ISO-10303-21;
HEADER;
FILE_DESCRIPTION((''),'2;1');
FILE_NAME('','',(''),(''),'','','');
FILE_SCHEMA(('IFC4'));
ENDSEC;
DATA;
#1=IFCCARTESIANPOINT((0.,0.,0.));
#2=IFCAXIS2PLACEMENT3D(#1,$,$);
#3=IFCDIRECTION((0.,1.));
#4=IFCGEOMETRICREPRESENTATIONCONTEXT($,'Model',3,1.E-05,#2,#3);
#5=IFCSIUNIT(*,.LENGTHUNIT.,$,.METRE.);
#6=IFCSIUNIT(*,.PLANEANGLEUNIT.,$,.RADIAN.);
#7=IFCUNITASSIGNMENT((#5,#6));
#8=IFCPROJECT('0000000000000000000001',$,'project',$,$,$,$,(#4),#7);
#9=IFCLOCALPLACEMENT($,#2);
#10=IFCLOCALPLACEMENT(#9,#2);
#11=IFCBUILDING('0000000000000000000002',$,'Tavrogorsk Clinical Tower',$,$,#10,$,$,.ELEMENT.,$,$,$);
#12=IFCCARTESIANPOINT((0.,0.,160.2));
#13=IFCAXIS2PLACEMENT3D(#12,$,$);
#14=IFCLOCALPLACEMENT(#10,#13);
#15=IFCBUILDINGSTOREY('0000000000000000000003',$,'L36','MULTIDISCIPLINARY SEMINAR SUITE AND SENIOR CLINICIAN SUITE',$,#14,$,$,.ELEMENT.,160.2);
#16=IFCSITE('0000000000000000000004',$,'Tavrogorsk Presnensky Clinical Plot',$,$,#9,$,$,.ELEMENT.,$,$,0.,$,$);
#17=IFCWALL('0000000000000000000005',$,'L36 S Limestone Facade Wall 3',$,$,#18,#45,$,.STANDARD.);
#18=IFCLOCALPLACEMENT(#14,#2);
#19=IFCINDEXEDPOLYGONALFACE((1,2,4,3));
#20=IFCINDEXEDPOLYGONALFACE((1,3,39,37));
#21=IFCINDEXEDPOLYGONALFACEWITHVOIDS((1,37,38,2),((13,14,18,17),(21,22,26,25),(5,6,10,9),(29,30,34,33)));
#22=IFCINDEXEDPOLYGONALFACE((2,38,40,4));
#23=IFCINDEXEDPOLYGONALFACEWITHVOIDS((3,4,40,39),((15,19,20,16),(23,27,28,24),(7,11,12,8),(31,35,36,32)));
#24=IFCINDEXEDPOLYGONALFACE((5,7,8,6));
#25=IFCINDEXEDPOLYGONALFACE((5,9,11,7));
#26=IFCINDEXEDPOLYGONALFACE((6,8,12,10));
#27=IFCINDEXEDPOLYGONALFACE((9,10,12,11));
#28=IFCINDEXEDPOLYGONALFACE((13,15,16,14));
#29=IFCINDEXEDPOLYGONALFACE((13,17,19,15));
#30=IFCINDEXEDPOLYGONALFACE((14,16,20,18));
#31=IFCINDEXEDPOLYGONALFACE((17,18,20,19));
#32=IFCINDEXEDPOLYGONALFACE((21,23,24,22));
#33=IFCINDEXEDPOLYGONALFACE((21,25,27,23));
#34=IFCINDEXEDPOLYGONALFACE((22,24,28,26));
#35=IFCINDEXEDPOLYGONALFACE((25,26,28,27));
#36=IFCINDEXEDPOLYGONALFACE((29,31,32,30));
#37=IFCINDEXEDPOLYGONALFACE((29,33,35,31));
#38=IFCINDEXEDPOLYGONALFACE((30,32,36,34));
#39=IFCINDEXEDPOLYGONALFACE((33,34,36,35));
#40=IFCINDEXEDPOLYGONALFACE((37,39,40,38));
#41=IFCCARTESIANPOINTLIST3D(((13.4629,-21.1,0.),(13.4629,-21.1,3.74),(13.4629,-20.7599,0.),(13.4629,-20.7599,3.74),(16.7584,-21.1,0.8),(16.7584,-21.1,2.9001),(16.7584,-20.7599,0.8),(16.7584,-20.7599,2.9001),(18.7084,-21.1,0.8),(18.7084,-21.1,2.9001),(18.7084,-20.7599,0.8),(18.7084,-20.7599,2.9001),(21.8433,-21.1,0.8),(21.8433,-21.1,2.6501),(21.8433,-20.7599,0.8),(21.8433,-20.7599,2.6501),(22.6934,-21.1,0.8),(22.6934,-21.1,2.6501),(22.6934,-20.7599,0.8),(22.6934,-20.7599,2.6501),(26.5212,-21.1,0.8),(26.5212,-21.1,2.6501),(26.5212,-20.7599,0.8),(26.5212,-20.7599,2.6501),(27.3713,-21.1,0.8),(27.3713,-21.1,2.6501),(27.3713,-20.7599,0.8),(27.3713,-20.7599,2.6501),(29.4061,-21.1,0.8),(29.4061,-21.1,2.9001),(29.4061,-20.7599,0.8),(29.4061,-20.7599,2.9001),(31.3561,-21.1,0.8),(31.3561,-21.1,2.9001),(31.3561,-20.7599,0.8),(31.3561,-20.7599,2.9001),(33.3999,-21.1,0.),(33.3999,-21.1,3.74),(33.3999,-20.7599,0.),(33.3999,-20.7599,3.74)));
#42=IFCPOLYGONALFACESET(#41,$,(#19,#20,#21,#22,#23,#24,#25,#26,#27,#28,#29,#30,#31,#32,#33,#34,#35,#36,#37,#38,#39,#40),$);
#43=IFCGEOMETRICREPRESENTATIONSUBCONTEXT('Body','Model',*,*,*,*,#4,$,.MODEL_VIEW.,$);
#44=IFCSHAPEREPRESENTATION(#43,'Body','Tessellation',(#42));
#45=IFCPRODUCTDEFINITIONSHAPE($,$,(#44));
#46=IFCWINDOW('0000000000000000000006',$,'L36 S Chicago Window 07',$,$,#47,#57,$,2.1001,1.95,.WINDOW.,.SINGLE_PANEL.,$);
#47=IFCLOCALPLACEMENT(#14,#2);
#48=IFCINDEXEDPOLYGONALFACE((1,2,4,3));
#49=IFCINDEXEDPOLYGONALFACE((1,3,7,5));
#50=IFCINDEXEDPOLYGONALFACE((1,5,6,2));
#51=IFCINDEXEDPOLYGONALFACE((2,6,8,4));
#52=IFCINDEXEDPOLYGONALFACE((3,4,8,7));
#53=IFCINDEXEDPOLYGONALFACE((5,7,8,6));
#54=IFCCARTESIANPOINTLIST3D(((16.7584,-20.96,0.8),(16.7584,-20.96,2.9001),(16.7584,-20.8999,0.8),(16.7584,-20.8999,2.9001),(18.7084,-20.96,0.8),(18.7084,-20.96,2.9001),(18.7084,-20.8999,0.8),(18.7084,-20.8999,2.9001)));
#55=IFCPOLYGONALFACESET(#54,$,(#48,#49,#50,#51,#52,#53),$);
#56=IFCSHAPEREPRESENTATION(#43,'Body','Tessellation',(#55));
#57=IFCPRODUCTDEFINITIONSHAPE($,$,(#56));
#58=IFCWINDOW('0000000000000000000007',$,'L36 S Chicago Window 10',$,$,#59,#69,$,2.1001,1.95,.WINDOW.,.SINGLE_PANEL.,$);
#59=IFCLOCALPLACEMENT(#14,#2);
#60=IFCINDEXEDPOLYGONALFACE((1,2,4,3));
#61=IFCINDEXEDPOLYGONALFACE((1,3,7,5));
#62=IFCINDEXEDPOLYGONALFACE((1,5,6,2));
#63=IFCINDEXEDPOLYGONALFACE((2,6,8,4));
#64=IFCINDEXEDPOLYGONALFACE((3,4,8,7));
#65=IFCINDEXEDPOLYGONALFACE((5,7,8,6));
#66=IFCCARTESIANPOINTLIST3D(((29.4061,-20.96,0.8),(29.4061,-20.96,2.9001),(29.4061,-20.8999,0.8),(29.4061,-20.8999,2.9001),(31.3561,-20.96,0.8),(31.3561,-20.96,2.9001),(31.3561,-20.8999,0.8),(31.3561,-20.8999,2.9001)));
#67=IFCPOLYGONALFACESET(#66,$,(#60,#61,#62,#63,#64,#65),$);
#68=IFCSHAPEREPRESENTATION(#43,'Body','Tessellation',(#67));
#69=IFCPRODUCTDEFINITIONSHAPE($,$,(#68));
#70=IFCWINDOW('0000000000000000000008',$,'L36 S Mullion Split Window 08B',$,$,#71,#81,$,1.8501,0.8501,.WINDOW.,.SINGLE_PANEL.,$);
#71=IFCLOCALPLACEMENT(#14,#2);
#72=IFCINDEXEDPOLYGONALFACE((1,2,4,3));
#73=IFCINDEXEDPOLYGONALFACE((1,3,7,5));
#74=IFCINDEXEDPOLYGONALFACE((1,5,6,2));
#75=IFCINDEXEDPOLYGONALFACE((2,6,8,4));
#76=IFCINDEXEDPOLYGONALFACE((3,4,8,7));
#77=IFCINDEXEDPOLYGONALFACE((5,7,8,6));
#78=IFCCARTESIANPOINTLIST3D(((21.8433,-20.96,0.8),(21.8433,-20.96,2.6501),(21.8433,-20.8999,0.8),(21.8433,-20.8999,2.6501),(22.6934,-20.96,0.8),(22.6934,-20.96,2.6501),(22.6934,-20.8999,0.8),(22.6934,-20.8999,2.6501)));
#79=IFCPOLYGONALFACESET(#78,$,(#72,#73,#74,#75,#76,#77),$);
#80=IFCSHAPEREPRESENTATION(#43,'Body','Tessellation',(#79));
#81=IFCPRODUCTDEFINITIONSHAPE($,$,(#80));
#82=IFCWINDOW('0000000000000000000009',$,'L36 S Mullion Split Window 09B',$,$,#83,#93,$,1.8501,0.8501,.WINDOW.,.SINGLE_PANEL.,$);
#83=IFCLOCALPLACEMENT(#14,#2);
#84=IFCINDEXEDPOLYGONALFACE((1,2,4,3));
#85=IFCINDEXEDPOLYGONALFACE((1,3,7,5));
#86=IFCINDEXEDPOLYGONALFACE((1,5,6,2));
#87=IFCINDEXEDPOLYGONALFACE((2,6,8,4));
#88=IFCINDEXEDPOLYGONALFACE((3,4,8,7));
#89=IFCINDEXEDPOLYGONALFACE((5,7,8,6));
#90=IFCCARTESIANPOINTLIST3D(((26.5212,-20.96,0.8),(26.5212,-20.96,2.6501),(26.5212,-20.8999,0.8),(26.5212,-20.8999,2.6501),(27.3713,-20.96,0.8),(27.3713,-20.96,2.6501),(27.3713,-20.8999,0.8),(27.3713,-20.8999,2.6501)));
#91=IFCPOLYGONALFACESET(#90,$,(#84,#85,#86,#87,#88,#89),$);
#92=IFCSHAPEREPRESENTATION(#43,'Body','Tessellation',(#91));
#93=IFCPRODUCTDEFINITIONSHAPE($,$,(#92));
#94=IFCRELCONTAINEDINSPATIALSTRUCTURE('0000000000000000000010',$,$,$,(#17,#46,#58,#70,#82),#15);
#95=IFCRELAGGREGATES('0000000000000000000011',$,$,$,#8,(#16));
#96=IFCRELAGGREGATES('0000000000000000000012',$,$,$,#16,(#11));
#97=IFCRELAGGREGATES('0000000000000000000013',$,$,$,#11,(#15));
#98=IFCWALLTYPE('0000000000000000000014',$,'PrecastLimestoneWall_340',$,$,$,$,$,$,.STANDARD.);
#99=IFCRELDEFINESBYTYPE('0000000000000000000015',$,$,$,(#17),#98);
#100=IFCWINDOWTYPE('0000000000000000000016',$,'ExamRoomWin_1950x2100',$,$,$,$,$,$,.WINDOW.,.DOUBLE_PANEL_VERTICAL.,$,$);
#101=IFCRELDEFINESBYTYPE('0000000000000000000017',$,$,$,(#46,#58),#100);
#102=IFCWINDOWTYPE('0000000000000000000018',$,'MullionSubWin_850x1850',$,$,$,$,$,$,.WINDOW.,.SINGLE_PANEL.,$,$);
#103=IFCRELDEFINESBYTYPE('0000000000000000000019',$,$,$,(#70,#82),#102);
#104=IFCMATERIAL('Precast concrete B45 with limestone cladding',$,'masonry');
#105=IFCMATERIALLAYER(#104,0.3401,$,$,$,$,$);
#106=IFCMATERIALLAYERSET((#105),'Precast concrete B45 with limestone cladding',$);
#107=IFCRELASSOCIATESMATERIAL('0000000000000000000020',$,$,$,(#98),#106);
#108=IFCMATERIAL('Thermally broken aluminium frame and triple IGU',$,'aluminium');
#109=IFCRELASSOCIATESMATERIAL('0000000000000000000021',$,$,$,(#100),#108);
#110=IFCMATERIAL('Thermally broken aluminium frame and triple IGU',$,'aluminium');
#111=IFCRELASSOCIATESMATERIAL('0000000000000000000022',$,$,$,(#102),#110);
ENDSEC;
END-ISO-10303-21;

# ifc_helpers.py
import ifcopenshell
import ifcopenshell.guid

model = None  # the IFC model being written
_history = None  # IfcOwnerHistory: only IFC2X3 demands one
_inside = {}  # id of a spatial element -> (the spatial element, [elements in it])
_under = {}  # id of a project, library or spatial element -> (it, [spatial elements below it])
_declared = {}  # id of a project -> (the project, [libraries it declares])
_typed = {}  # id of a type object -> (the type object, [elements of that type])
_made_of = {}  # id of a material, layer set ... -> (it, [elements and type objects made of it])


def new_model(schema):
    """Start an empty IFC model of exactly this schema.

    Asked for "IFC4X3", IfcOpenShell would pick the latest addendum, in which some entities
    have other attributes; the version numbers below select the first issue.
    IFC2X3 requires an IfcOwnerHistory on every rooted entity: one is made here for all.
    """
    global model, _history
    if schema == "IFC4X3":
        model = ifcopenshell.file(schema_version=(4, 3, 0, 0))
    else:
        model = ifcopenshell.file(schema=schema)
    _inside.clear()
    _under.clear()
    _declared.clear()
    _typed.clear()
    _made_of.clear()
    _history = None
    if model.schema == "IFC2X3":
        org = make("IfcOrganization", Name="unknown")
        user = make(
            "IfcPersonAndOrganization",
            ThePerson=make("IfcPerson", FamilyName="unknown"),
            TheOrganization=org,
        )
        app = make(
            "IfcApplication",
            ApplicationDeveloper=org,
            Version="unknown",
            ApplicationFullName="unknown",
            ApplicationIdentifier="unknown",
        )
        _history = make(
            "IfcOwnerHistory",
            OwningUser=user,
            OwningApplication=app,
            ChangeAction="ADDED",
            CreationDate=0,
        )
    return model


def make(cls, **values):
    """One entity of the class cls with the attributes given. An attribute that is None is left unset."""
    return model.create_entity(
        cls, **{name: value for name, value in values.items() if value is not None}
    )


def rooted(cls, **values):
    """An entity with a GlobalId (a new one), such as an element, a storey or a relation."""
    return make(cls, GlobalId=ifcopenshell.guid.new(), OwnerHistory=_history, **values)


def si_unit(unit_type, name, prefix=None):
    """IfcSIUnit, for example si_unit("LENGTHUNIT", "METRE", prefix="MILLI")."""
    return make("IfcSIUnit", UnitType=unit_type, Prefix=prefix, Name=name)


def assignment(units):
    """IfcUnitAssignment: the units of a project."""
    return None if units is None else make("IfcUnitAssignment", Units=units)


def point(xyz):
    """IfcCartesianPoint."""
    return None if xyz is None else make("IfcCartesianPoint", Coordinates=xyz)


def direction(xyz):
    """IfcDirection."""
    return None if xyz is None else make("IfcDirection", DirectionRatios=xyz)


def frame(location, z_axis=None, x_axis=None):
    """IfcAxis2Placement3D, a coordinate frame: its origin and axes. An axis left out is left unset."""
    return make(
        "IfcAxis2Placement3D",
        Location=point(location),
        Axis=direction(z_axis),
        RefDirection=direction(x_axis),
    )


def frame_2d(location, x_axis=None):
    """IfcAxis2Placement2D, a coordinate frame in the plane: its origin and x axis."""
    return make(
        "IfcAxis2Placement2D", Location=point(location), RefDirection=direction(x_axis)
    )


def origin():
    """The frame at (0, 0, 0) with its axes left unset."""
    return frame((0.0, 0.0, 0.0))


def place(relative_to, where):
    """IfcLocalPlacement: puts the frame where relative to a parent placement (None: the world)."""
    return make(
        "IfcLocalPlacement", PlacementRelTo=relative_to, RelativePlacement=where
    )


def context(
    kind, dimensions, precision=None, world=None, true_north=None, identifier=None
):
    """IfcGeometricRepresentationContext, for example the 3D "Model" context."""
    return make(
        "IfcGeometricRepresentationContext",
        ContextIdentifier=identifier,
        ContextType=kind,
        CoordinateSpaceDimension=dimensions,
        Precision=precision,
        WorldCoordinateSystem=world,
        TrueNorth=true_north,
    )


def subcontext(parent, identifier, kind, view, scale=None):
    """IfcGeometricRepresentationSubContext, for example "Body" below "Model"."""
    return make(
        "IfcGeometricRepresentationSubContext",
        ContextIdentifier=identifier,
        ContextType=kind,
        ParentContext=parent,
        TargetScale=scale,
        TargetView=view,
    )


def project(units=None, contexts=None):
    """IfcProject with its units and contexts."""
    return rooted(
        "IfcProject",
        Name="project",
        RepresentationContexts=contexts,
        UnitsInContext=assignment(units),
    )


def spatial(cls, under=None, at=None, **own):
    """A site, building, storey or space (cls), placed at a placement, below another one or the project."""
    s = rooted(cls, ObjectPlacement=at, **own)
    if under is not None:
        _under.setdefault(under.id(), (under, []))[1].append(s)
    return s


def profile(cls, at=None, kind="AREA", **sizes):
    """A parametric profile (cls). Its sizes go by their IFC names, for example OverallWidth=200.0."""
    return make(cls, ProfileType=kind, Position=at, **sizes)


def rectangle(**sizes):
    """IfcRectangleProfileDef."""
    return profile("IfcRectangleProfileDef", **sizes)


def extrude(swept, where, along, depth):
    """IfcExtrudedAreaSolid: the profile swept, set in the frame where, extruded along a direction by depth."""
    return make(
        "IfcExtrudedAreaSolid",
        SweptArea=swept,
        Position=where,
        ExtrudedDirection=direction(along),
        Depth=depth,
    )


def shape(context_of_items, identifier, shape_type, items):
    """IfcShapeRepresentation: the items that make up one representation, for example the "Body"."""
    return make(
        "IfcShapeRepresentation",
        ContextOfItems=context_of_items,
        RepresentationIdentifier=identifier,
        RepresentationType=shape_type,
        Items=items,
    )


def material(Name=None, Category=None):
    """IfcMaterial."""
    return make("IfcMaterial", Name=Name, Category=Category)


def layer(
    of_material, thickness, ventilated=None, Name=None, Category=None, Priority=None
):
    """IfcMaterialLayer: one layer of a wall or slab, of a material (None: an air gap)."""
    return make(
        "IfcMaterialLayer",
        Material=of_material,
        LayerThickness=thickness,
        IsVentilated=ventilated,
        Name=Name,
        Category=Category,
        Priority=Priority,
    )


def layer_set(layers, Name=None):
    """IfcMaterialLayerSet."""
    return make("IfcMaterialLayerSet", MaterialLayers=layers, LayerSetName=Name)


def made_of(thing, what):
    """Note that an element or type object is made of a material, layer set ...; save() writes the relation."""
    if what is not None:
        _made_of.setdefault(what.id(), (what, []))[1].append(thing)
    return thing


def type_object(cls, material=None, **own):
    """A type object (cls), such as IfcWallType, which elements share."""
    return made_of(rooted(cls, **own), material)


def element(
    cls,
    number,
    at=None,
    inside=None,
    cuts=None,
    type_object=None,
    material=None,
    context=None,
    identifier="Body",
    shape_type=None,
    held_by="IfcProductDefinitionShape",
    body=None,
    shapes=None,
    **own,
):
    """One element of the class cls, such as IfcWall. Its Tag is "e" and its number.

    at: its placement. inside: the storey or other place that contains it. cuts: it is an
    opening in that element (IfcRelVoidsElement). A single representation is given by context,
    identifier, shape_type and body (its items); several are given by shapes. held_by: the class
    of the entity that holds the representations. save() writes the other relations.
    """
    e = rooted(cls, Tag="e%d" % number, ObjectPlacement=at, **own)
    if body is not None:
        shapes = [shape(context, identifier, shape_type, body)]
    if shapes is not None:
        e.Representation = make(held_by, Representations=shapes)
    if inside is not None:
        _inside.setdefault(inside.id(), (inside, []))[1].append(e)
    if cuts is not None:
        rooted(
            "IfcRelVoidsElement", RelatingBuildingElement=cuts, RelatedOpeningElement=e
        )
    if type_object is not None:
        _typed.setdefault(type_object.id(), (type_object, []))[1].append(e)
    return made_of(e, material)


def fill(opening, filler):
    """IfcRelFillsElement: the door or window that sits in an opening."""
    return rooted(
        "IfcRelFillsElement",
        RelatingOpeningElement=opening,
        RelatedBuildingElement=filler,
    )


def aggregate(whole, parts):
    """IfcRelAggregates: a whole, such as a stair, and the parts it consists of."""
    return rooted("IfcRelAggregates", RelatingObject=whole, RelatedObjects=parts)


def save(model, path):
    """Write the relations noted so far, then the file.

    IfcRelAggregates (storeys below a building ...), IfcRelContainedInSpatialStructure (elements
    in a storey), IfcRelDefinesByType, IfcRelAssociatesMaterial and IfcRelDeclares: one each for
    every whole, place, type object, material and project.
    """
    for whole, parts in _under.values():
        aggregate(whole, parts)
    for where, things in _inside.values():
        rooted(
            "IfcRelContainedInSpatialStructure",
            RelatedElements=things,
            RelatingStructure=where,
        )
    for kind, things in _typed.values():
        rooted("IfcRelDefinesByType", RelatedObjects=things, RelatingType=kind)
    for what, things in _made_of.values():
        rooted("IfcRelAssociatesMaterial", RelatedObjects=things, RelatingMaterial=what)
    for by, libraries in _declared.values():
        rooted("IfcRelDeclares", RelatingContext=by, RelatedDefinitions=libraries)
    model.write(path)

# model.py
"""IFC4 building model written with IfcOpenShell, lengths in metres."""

from ifc_helpers import new_model, si_unit, direction, frame, frame_2d, origin, place, context, subcontext, project, spatial, rectangle, extrude, material, layer, layer_set, type_object, element, fill, save


model = new_model("IFC4")

# Units and contexts
model_context = context("Model", 3, precision=1e-05, world=origin(), true_north=direction((0.0, 1.0)))
body_context = subcontext(model_context, "Body", "Model", "MODEL_VIEW")
ifc_project = project(units=[si_unit("LENGTHUNIT", "METRE"), si_unit("PLANEANGLEUNIT", "RADIAN")], contexts=[model_context])

# Site, building, storey
site_placement = place(None, origin())
site = spatial("IfcSite", under=ifc_project, at=site_placement, Name="Tavrogorsk Presnensky Clinical Plot", CompositionType="ELEMENT", RefElevation=0.0)
building_placement = place(site_placement, origin())
building = spatial("IfcBuilding", under=site, at=building_placement, Name="Tavrogorsk Clinical Tower", CompositionType="ELEMENT")
storey_placement = place(building_placement, frame((0.0, 0.0, 160.2)))
storey = spatial("IfcBuildingStorey", under=building, at=storey_placement, Name="L36", Description="MULTIDISCIPLINARY SEMINAR SUITE AND SENIOR CLINICIAN SUITE", CompositionType="ELEMENT", Elevation=160.2)

# Wall, openings, windows
ifc_material_1 = material(Name="Precast concrete B45 with limestone cladding", Category="masonry")
ifc_layer_1 = layer(ifc_material_1, 0.3401)
ifc_layer_set_1 = layer_set([ifc_layer_1], Name="Precast concrete B45 with limestone cladding")
wall_type_1 = type_object("IfcWallType", Name="PrecastLimestoneWall_340", PredefinedType="STANDARD", material=ifc_layer_set_1)
wall_1_placement = place(storey_placement, frame((13.4629, -20.9299, 0.0), z_axis=(0.0, 0.0, 1.0), x_axis=(1.0, 0.0, 0.0)))
wall_1 = element("IfcWall", 1, at=wall_1_placement, inside=storey, type_object=wall_type_1, Name="L36 S Limestone Facade Wall 3", PredefinedType="STANDARD", context=body_context, shape_type="SweptSolid", body=[
    extrude(rectangle(XDim=19.937, YDim=0.3401, at=frame_2d((9.9685, 0.0))), origin(), (0.0, 0.0, 1.0), 3.74),
])
opening_1_placement = place(wall_1_placement, frame((3.2954, 0.0, 0.8)))
opening_1 = element("IfcOpeningElement", 2, at=opening_1_placement, cuts=wall_1, PredefinedType="OPENING", context=body_context, shape_type="SweptSolid", body=[
    extrude(rectangle(XDim=1.95, YDim=2.1001, at=frame_2d((0.9751, 1.05))), frame((0.0, 0.1799, 0.0), z_axis=(0.0, -1.0, 0.0), x_axis=(1.0, 0.0, 0.0)), (0.0, 0.0, 1.0), 0.3601),
])
opening_2_placement = place(wall_1_placement, frame((8.3804, 0.0, 0.8)))
opening_2 = element("IfcOpeningElement", 3, at=opening_2_placement, cuts=wall_1, PredefinedType="OPENING", context=body_context, shape_type="SweptSolid", body=[
    extrude(rectangle(XDim=0.8501, YDim=1.8501, at=frame_2d((0.425, 0.925))), frame((0.0, 0.1799, 0.0), z_axis=(0.0, -1.0, 0.0), x_axis=(1.0, 0.0, 0.0)), (0.0, 0.0, 1.0), 0.3601),
])
opening_3_placement = place(wall_1_placement, frame((13.0583, 0.0, 0.8)))
opening_3 = element("IfcOpeningElement", 4, at=opening_3_placement, cuts=wall_1, PredefinedType="OPENING", context=body_context, shape_type="SweptSolid", body=[
    extrude(rectangle(XDim=0.8501, YDim=1.8501, at=frame_2d((0.425, 0.925))), frame((0.0, 0.1799, 0.0), z_axis=(0.0, -1.0, 0.0), x_axis=(1.0, 0.0, 0.0)), (0.0, 0.0, 1.0), 0.3601),
])
opening_4_placement = place(wall_1_placement, frame((15.9431, 0.0, 0.8)))
opening_4 = element("IfcOpeningElement", 5, at=opening_4_placement, cuts=wall_1, PredefinedType="OPENING", context=body_context, shape_type="SweptSolid", body=[
    extrude(rectangle(XDim=1.95, YDim=2.1001, at=frame_2d((0.9751, 1.05))), frame((0.0, 0.1799, 0.0), z_axis=(0.0, -1.0, 0.0), x_axis=(1.0, 0.0, 0.0)), (0.0, 0.0, 1.0), 0.3601),
])
ifc_material_2 = material(Name="Thermally broken aluminium frame and triple IGU", Category="aluminium")
window_type_1 = type_object("IfcWindowType", Name="ExamRoomWin_1950x2100", PartitioningType="DOUBLE_PANEL_VERTICAL", PredefinedType="WINDOW", material=ifc_material_2)
window_1_placement = place(opening_1_placement, origin())
window_1 = element("IfcWindow", 6, at=window_1_placement, inside=storey, type_object=window_type_1, Name="L36 S Chicago Window 07", OverallHeight=2.1001, OverallWidth=1.95, PartitioningType="SINGLE_PANEL", PredefinedType="WINDOW", context=body_context, shape_type="SweptSolid", body=[
    extrude(rectangle(XDim=1.95, YDim=2.1001, at=frame_2d((0.9751, 1.05))), frame((0.0, 0.03, 0.0), z_axis=(0.0, -1.0, 0.0), x_axis=(1.0, 0.0, 0.0)), (0.0, 0.0, 1.0), 0.0601),
])
fill(opening_1, window_1)
window_2_placement = place(opening_4_placement, origin())
window_2 = element("IfcWindow", 7, at=window_2_placement, inside=storey, type_object=window_type_1, Name="L36 S Chicago Window 10", OverallHeight=2.1001, OverallWidth=1.95, PartitioningType="SINGLE_PANEL", PredefinedType="WINDOW", context=body_context, shape_type="SweptSolid", body=[
    extrude(rectangle(XDim=1.95, YDim=2.1001, at=frame_2d((0.9751, 1.05))), frame((0.0, 0.03, 0.0), z_axis=(0.0, -1.0, 0.0), x_axis=(1.0, 0.0, 0.0)), (0.0, 0.0, 1.0), 0.0601),
])
fill(opening_4, window_2)
ifc_material_3 = material(Name="Thermally broken aluminium frame and triple IGU", Category="aluminium")
window_type_2 = type_object("IfcWindowType", Name="MullionSubWin_850x1850", PartitioningType="SINGLE_PANEL", PredefinedType="WINDOW", material=ifc_material_3)
window_3_placement = place(opening_2_placement, origin())
window_3 = element("IfcWindow", 8, at=window_3_placement, inside=storey, type_object=window_type_2, Name="L36 S Mullion Split Window 08B", OverallHeight=1.8501, OverallWidth=0.8501, PartitioningType="SINGLE_PANEL", PredefinedType="WINDOW", context=body_context, shape_type="SweptSolid", body=[
    extrude(rectangle(XDim=0.8501, YDim=1.8501, at=frame_2d((0.425, 0.925))), frame((0.0, 0.03, 0.0), z_axis=(0.0, -1.0, 0.0), x_axis=(1.0, 0.0, 0.0)), (0.0, 0.0, 1.0), 0.0601),
])
fill(opening_2, window_3)
window_4_placement = place(opening_3_placement, origin())
window_4 = element("IfcWindow", 9, at=window_4_placement, inside=storey, type_object=window_type_2, Name="L36 S Mullion Split Window 09B", OverallHeight=1.8501, OverallWidth=0.8501, PartitioningType="SINGLE_PANEL", PredefinedType="WINDOW", context=body_context, shape_type="SweptSolid", body=[
    extrude(rectangle(XDim=0.8501, YDim=1.8501, at=frame_2d((0.425, 0.925))), frame((0.0, 0.03, 0.0), z_axis=(0.0, -1.0, 0.0), x_axis=(1.0, 0.0, 0.0)), (0.0, 0.0, 1.0), 0.0601),
])
fill(opening_3, window_4)

save(model, "model.ifc")
